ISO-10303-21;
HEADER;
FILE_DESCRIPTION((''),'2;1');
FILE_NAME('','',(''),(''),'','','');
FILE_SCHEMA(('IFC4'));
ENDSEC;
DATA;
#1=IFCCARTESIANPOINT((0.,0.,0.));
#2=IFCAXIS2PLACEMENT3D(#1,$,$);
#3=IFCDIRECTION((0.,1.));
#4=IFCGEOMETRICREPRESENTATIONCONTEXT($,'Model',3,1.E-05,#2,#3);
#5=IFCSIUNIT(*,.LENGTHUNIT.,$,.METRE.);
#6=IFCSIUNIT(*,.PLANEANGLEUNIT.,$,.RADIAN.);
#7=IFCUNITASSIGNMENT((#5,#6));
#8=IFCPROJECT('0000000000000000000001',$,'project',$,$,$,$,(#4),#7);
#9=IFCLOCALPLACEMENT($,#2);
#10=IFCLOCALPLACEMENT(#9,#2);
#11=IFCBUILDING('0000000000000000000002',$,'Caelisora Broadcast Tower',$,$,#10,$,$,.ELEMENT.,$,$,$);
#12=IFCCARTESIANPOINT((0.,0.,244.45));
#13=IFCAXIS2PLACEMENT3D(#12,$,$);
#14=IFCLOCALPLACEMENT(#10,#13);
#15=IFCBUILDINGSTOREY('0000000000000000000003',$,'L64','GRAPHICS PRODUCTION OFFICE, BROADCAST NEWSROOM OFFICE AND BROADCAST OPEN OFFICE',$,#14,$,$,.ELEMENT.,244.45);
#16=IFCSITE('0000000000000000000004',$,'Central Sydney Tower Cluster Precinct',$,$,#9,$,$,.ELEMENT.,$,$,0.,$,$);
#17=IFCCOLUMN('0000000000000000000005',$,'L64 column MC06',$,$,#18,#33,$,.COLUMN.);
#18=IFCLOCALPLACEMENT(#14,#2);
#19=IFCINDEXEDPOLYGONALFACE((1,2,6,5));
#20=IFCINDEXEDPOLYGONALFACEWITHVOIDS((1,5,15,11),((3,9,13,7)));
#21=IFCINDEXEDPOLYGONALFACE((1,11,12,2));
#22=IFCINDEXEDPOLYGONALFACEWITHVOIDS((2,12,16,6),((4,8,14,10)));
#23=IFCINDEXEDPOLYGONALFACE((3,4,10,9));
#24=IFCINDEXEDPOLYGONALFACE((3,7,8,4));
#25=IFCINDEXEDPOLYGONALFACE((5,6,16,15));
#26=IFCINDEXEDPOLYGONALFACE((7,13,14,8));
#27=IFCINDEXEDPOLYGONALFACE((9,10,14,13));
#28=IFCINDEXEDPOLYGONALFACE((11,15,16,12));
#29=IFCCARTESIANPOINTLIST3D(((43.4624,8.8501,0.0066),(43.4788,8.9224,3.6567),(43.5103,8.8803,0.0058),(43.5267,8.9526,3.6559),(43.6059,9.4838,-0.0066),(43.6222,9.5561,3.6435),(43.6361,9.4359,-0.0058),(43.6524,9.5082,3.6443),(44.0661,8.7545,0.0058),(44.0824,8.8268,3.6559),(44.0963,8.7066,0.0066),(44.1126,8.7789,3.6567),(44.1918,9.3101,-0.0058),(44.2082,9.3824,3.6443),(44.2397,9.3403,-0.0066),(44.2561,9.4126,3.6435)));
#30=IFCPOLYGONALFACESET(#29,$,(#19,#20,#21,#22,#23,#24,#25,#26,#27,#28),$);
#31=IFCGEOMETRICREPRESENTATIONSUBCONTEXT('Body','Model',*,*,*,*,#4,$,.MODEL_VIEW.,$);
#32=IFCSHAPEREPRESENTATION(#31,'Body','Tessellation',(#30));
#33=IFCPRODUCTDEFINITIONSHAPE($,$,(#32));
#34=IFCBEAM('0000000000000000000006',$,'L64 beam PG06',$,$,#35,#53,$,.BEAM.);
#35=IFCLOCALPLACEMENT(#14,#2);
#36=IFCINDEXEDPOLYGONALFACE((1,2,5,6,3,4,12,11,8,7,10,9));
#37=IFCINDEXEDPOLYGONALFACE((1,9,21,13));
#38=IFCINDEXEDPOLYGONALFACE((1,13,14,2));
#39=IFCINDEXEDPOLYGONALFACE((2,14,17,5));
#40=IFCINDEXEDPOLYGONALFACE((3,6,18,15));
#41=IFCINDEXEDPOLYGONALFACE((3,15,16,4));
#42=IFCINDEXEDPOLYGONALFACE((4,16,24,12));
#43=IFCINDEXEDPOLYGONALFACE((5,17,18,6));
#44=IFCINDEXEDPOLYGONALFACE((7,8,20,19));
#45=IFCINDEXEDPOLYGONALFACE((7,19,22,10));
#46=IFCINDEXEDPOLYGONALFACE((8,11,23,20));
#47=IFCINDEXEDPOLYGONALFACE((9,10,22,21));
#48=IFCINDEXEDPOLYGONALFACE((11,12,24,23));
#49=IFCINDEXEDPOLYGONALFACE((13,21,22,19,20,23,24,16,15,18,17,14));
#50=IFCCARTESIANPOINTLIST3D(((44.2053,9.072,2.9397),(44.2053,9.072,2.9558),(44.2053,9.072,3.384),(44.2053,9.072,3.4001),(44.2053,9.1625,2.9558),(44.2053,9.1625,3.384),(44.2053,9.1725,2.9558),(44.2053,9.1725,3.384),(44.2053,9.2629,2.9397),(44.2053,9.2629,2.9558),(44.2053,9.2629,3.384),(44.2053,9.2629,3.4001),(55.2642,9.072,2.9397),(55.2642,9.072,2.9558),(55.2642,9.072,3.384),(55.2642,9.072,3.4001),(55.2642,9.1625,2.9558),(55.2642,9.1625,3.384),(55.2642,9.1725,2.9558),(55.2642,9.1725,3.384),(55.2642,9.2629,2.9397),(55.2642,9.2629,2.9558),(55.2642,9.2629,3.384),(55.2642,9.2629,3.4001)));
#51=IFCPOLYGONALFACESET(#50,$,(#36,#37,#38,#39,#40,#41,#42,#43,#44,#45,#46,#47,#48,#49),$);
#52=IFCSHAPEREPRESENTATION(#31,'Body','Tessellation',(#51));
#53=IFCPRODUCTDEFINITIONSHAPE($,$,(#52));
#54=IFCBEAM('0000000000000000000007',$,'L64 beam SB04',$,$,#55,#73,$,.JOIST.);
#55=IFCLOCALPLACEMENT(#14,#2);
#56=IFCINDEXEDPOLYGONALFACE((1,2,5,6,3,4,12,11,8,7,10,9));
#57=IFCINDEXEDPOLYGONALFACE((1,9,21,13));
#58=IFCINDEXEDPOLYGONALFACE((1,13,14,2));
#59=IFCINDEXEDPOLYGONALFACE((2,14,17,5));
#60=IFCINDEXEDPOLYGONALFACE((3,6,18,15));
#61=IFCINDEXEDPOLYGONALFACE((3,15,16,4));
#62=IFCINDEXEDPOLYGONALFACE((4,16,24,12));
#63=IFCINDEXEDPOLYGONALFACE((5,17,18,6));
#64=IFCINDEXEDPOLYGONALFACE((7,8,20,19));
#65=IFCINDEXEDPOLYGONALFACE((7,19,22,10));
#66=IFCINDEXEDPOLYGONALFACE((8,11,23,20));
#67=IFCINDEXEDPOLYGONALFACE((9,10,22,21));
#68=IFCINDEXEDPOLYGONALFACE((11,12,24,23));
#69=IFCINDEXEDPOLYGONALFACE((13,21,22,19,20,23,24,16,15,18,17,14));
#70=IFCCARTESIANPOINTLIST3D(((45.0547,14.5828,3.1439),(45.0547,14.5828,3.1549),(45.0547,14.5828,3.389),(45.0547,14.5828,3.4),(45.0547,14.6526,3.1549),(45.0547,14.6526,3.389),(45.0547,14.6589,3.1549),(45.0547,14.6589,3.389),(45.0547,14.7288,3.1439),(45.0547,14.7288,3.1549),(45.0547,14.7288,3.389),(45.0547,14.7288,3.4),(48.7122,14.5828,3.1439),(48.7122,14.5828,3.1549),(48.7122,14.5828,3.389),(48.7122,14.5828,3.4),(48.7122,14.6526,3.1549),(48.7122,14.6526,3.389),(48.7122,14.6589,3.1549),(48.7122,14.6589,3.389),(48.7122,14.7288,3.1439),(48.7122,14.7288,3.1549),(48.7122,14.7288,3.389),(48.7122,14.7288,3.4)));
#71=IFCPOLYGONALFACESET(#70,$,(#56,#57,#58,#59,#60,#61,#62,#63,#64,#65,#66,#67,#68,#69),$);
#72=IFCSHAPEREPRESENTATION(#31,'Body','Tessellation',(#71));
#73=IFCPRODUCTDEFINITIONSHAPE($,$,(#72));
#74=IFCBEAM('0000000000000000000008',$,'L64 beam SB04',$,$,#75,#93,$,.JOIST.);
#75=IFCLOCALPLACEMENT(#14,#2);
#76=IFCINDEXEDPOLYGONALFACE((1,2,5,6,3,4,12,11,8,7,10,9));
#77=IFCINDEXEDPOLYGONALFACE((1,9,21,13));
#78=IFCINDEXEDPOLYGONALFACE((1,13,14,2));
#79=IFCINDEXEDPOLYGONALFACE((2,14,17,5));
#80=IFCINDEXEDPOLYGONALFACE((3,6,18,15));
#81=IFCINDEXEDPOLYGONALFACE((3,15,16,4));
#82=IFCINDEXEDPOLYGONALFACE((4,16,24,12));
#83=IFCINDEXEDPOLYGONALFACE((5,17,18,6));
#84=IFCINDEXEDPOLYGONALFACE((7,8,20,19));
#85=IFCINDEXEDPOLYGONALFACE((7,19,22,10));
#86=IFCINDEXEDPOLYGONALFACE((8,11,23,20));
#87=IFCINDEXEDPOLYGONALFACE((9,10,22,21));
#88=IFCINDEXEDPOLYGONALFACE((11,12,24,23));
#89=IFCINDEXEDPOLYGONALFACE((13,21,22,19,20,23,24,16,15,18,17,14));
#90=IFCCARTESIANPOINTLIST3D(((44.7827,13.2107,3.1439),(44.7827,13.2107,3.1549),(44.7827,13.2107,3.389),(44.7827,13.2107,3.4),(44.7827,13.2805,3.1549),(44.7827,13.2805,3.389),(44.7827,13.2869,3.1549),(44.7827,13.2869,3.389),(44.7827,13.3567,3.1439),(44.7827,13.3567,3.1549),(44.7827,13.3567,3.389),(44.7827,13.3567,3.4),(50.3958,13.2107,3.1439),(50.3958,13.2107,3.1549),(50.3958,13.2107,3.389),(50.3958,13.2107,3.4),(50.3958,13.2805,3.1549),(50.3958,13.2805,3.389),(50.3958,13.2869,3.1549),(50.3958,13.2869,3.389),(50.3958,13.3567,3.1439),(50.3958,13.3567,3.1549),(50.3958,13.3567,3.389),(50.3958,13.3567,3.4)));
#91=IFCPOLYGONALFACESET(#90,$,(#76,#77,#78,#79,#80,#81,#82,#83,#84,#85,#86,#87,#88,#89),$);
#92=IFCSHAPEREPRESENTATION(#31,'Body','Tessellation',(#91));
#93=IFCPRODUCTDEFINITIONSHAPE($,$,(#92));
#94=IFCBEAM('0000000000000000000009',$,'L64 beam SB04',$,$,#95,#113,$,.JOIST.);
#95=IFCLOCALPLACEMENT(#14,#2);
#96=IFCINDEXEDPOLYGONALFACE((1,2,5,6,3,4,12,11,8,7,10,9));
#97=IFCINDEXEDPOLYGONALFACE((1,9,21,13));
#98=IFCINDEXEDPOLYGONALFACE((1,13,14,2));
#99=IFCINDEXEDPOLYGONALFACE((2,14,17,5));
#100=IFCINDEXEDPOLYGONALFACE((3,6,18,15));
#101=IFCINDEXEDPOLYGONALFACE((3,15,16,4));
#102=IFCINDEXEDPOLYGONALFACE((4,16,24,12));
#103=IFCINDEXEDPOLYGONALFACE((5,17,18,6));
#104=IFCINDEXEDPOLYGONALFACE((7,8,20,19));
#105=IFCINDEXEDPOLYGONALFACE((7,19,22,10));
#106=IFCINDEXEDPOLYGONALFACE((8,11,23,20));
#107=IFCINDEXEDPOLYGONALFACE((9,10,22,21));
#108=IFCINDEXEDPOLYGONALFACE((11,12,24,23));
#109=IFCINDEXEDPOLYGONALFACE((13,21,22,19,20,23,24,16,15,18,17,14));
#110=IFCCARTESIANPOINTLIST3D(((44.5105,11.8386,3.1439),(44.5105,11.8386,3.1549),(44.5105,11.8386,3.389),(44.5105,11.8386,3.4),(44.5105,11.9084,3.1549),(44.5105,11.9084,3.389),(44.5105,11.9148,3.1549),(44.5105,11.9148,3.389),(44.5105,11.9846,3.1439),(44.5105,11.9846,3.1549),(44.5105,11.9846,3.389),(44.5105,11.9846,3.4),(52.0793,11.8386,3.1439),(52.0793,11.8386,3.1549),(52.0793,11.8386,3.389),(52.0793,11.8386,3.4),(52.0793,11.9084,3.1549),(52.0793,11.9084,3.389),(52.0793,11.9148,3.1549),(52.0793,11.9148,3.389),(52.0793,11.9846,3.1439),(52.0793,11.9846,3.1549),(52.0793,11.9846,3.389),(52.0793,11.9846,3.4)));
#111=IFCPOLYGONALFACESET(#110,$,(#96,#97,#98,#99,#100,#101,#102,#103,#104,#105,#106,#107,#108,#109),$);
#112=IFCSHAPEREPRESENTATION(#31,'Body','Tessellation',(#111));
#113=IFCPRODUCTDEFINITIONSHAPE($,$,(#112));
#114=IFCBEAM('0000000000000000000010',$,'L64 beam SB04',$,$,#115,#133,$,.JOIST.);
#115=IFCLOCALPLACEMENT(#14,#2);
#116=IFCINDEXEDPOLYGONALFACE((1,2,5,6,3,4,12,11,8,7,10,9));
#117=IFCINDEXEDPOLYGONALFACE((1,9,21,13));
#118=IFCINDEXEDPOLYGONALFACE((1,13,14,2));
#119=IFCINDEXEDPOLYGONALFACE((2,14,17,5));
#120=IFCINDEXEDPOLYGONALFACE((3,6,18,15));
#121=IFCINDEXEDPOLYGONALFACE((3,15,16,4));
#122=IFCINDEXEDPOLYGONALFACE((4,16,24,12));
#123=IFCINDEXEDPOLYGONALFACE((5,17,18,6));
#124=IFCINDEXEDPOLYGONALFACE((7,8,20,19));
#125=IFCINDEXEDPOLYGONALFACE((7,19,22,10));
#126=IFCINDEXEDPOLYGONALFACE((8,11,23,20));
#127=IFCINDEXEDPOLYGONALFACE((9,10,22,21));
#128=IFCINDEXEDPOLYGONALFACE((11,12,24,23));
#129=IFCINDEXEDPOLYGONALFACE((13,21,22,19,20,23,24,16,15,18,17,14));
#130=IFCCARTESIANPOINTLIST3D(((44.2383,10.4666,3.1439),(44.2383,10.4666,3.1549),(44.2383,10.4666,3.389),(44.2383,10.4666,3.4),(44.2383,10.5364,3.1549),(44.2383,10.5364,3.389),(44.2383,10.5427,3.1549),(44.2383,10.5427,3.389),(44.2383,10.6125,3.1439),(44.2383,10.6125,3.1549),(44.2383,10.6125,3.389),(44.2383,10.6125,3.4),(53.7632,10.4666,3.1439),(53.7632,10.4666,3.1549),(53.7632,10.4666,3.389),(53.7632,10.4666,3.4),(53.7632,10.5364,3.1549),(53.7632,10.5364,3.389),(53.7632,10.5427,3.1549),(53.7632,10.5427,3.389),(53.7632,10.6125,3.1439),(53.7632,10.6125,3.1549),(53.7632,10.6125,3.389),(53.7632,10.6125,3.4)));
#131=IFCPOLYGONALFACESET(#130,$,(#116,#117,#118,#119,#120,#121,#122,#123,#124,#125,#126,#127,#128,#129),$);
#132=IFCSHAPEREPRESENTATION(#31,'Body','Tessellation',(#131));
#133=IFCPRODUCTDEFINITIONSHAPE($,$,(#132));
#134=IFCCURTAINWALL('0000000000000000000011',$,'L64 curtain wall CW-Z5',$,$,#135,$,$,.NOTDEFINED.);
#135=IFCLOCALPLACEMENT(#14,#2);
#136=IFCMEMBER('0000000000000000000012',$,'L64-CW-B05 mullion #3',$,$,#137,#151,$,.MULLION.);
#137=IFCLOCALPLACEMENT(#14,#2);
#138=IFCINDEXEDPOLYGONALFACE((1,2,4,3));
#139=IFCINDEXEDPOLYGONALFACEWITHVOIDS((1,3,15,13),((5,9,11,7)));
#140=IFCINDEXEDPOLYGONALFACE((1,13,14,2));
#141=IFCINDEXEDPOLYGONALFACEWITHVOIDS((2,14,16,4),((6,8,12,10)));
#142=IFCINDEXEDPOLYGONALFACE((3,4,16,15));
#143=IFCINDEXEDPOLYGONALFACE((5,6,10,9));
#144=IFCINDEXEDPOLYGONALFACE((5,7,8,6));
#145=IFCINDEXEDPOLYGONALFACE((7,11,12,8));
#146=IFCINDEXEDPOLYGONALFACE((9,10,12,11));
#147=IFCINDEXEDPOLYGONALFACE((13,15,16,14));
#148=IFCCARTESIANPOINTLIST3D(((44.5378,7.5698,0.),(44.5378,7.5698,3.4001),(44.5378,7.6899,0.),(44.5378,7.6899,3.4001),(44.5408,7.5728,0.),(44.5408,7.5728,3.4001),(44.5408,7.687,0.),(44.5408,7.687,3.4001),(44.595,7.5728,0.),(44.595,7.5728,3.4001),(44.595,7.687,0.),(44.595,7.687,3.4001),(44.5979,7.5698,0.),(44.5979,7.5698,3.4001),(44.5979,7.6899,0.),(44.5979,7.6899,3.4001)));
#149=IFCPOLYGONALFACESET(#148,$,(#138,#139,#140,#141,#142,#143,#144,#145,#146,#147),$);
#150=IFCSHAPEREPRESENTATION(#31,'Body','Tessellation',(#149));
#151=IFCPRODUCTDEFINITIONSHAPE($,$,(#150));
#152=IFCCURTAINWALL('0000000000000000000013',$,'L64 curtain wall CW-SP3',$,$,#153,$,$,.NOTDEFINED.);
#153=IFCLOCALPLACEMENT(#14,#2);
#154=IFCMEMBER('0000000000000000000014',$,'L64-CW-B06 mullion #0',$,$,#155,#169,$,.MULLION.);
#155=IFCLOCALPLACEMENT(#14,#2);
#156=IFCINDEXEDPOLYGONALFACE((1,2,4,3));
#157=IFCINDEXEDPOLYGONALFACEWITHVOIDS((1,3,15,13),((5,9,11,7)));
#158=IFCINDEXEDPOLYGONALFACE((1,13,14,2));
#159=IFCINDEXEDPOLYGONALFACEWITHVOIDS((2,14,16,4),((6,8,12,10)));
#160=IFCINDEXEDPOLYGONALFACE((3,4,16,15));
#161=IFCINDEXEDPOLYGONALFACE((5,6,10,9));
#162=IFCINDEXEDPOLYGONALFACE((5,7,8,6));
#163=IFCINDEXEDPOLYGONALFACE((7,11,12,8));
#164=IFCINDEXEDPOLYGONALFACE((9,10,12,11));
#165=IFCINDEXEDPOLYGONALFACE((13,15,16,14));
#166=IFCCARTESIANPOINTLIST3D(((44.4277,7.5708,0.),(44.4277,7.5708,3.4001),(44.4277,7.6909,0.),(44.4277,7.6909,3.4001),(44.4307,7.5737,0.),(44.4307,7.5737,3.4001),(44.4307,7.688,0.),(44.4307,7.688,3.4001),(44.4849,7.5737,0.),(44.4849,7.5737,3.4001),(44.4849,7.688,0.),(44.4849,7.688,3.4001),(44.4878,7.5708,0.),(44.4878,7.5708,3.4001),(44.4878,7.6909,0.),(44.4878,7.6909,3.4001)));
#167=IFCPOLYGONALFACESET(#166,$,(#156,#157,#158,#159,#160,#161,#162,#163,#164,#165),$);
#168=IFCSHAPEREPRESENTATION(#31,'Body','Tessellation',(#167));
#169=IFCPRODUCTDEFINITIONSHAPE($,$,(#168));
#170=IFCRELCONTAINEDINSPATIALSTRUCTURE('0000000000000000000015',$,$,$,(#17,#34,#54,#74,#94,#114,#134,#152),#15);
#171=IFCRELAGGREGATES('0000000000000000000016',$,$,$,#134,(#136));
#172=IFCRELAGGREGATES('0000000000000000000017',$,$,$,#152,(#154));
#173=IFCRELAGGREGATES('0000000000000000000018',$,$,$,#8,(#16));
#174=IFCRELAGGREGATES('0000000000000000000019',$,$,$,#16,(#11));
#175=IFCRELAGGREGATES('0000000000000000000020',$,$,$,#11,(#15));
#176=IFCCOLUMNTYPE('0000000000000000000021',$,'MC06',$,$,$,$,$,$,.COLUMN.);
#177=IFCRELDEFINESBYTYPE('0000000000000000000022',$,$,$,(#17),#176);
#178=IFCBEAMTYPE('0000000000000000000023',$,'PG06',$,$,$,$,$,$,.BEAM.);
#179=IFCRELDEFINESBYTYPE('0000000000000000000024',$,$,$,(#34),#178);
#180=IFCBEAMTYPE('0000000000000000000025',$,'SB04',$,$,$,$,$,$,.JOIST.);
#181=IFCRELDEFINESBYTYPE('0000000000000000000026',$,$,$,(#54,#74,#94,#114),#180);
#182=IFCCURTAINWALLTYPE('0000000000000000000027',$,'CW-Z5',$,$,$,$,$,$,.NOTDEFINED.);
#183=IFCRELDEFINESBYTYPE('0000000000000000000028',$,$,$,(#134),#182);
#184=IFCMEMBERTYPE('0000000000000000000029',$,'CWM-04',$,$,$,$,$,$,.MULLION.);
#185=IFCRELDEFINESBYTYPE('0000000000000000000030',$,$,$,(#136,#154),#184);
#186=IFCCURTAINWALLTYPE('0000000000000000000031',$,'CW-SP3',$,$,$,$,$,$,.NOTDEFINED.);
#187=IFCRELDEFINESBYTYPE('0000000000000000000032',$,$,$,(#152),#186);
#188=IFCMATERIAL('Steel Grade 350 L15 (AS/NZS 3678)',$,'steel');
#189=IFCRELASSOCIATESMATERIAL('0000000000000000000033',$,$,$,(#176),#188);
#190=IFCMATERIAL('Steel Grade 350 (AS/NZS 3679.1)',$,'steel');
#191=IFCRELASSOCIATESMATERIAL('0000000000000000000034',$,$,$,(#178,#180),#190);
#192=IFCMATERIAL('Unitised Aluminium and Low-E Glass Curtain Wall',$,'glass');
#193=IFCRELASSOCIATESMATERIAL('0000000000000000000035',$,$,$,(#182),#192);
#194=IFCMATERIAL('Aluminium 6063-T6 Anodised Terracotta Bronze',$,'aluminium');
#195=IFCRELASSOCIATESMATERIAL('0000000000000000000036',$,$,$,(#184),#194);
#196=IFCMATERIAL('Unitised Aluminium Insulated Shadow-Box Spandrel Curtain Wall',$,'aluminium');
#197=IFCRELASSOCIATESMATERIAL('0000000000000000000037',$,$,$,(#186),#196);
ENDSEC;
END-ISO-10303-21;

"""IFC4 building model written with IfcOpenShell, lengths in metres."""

from ifc_helpers import new_model, si_unit, direction, frame, origin, origin_2d, place, context, subcontext, project, spatial, hollow_rectangle, i_section, extrude, source, transform, mapped, material, material_profile, profile_set, type_object, type_shapes, element, aggregate, save


model = new_model("IFC4")

# Units and contexts
model_context = context("Model", 3, precision=1e-05, world=origin(), true_north=direction((0.0, 1.0)))
body_context = subcontext(model_context, "Body", "Model", "MODEL_VIEW")
ifc_project = project(units=[si_unit("LENGTHUNIT", "METRE"), si_unit("PLANEANGLEUNIT", "RADIAN")], contexts=[model_context])

# Site, building, storey
site_placement = place(None, origin())
site = spatial("IfcSite", under=ifc_project, at=site_placement, Name="Central Sydney Tower Cluster Precinct", CompositionType="ELEMENT", RefElevation=0.0)
building_placement = place(site_placement, origin())
building = spatial("IfcBuilding", under=site, at=building_placement, Name="Caelisora Broadcast Tower", CompositionType="ELEMENT")
storey_placement = place(building_placement, frame((0.0, 0.0, 244.45)))
storey = spatial("IfcBuildingStorey", under=building, at=storey_placement, Name="L64", Description="GRAPHICS PRODUCTION OFFICE, BROADCAST NEWSROOM OFFICE AND BROADCAST OPEN OFFICE", CompositionType="ELEMENT", Elevation=244.45)

# Column
ifc_material_1 = material(Name="Steel Grade 350 L15 (AS/NZS 3678)", Category="steel")
ifc_material_profile_1 = material_profile(ifc_material_1, hollow_rectangle(XDim=0.6499, YDim=0.6499, WallThickness=0.04, at=origin_2d()), Name="Steel Grade 350 L15 (AS/NZS 3678)")
ifc_profile_set_1 = profile_set([ifc_material_profile_1], Name="Steel Grade 350 L15 (AS/NZS 3678)")
column_type = type_object("IfcColumnType", Name="MC06", PredefinedType="COLUMN", material=ifc_profile_set_1)
shared_shape_1 = source(origin(), body_context, "Body", "SweptSolid", [
    extrude(hollow_rectangle(XDim=0.6499, YDim=0.6499, WallThickness=0.04, at=origin_2d()), origin(), (0.0, 0.0, 1.0), 3.6509),
])
type_shapes(column_type, [shared_shape_1])
column_placement = place(storey_placement, frame((43.8511, 9.0952, 0.0), z_axis=(0.00448, 0.019794, 0.999794), x_axis=(-0.975327, 0.220767, 0.0)))
element("IfcColumn", 1, at=column_placement, inside=storey, type_object=column_type, Name="L64 column MC06", PredefinedType="COLUMN", context=body_context, shape_type="MappedRepresentation", body=[
    mapped(shared_shape_1, transform((0.0, 0.0, 0.0), scale=1.0)),
])

# Beams
ifc_material_2 = material(Name="Steel Grade 350 (AS/NZS 3679.1)", Category="steel")
ifc_material_profile_2 = material_profile(ifc_material_2, i_section(OverallWidth=0.1909, OverallDepth=0.4604, WebThickness=0.01, FlangeThickness=0.0161, at=origin_2d()), Name="Steel Grade 350 (AS/NZS 3679.1)")
ifc_profile_set_2 = profile_set([ifc_material_profile_2], Name="Steel Grade 350 (AS/NZS 3679.1)")
beam_type_1 = type_object("IfcBeamType", Name="PG06", PredefinedType="BEAM", material=ifc_profile_set_2)
shared_shape_2 = source(origin(), body_context, "Body", "SweptSolid", [
    extrude(i_section(OverallWidth=0.1909, OverallDepth=0.4604, WebThickness=0.01, FlangeThickness=0.0161, at=origin_2d()), origin(), (0.0, 0.0, 1.0), 11.0588),
])
type_shapes(beam_type_1, [shared_shape_2])
beam_1_placement = place(storey_placement, frame((44.2053, 9.1675, 3.1699), z_axis=(1.0, 0.0, 0.0), x_axis=(0.0, 1.0, 0.0)))
element("IfcBeam", 2, at=beam_1_placement, inside=storey, type_object=beam_type_1, Name="L64 beam PG06", PredefinedType="BEAM", context=body_context, shape_type="MappedRepresentation", body=[
    mapped(shared_shape_2, transform((0.0, 0.0, 0.0), scale=1.0)),
])
ifc_material_profile_3 = material_profile(ifc_material_2, i_section(OverallWidth=0.146, OverallDepth=0.2561, WebThickness=0.0063, FlangeThickness=0.011, at=origin_2d()), Name="Steel Grade 350 (AS/NZS 3679.1)")
ifc_profile_set_3 = profile_set([ifc_material_profile_3], Name="Steel Grade 350 (AS/NZS 3679.1)")
beam_type_2 = type_object("IfcBeamType", Name="SB04", PredefinedType="JOIST", material=ifc_profile_set_3)
shared_shape_3 = source(origin(), body_context, "Body", "SweptSolid", [
    extrude(i_section(OverallWidth=0.146, OverallDepth=0.2561, WebThickness=0.0063, FlangeThickness=0.011, at=origin_2d()), origin(), (0.0, 0.0, 1.0), 3.6575),
])
beam_2_placement = place(storey_placement, frame((45.0547, 14.6558, 3.272), z_axis=(1.0, 0.0, 0.0), x_axis=(0.0, 1.0, 0.0)))
element("IfcBeam", 3, at=beam_2_placement, inside=storey, type_object=beam_type_2, Name="L64 beam SB04", PredefinedType="JOIST", context=body_context, shape_type="MappedRepresentation", body=[
    mapped(shared_shape_3, transform((0.0, 0.0, 0.0), scale=1.0)),
])
shared_shape_4 = source(origin(), body_context, "Body", "SweptSolid", [
    extrude(i_section(OverallWidth=0.146, OverallDepth=0.2561, WebThickness=0.0063, FlangeThickness=0.011, at=origin_2d()), origin(), (0.0, 0.0, 1.0), 5.613),
])
beam_3_placement = place(storey_placement, frame((44.7827, 13.2837, 3.272), z_axis=(1.0, 0.0, 0.0), x_axis=(0.0, 1.0, 0.0)))
element("IfcBeam", 4, at=beam_3_placement, inside=storey, type_object=beam_type_2, Name="L64 beam SB04", PredefinedType="JOIST", context=body_context, shape_type="MappedRepresentation", body=[
    mapped(shared_shape_4, transform((0.0, 0.0, 0.0), scale=1.0)),
])
shared_shape_5 = source(origin(), body_context, "Body", "SweptSolid", [
    extrude(i_section(OverallWidth=0.146, OverallDepth=0.2561, WebThickness=0.0063, FlangeThickness=0.011, at=origin_2d()), origin(), (0.0, 0.0, 1.0), 7.5688),
])
beam_4_placement = place(storey_placement, frame((44.5105, 11.9116, 3.272), z_axis=(1.0, 0.0, 0.0), x_axis=(0.0, 1.0, 0.0)))
element("IfcBeam", 5, at=beam_4_placement, inside=storey, type_object=beam_type_2, Name="L64 beam SB04", PredefinedType="JOIST", context=body_context, shape_type="MappedRepresentation", body=[
    mapped(shared_shape_5, transform((0.0, 0.0, 0.0), scale=1.0)),
])
shared_shape_6 = source(origin(), body_context, "Body", "SweptSolid", [
    extrude(i_section(OverallWidth=0.146, OverallDepth=0.2561, WebThickness=0.0063, FlangeThickness=0.011, at=origin_2d()), origin(), (0.0, 0.0, 1.0), 9.5249),
])
type_shapes(beam_type_2, [shared_shape_3, shared_shape_4, shared_shape_5, shared_shape_6])
beam_5_placement = place(storey_placement, frame((44.2383, 10.5396, 3.272), z_axis=(1.0, 0.0, 0.0), x_axis=(0.0, 1.0, 0.0)))
element("IfcBeam", 6, at=beam_5_placement, inside=storey, type_object=beam_type_2, Name="L64 beam SB04", PredefinedType="JOIST", context=body_context, shape_type="MappedRepresentation", body=[
    mapped(shared_shape_6, transform((0.0, 0.0, 0.0), scale=1.0)),
])

# Curtain wall, member
ifc_material_3 = material(Name="Unitised Aluminium and Low-E Glass Curtain Wall", Category="glass")
curtain_wall_type_1 = type_object("IfcCurtainWallType", Name="CW-Z5", PredefinedType="NOTDEFINED", material=ifc_material_3)
curtain_wall_1_placement = place(storey_placement, origin())
curtain_wall_1 = element("IfcCurtainWall", 7, at=curtain_wall_1_placement, inside=storey, type_object=curtain_wall_type_1, Name="L64 curtain wall CW-Z5", PredefinedType="NOTDEFINED")
ifc_material_4 = material(Name="Aluminium 6063-T6 Anodised Terracotta Bronze", Category="aluminium")
ifc_material_profile_4 = material_profile(ifc_material_4, hollow_rectangle(XDim=0.0601, YDim=0.1201, WallThickness=0.0029, at=origin_2d()), Name="Aluminium 6063-T6 Anodised Terracotta Bronze")
ifc_profile_set_4 = profile_set([ifc_material_profile_4], Name="Aluminium 6063-T6 Anodised Terracotta Bronze")
member_type_1 = type_object("IfcMemberType", Name="CWM-04", PredefinedType="MULLION", material=ifc_profile_set_4)
shared_shape_7 = source(origin(), body_context, "Body", "SweptSolid", [
    extrude(hollow_rectangle(XDim=0.0601, YDim=0.1201, WallThickness=0.0029, at=origin_2d()), origin(), (0.0, 0.0, 1.0), 3.4001),
])
type_shapes(member_type_1, [shared_shape_7])
member_1_placement = place(storey_placement, frame((44.5679, 7.6299, 0.0), z_axis=(0.0, 0.0, 1.0), x_axis=(1.0, 0.0, 0.0)))
member_1 = element("IfcMember", 8, at=member_1_placement, type_object=member_type_1, Name="L64-CW-B05 mullion #3", PredefinedType="MULLION", context=body_context, shape_type="MappedRepresentation", body=[
    mapped(shared_shape_7, transform((0.0, 0.0, 0.0), scale=1.0)),
])
aggregate(curtain_wall_1, [member_1])

# Curtain wall, member
ifc_material_5 = material(Name="Unitised Aluminium Insulated Shadow-Box Spandrel Curtain Wall", Category="aluminium")
curtain_wall_type_2 = type_object("IfcCurtainWallType", Name="CW-SP3", PredefinedType="NOTDEFINED", material=ifc_material_5)
curtain_wall_2_placement = place(storey_placement, origin())
curtain_wall_2 = element("IfcCurtainWall", 9, at=curtain_wall_2_placement, inside=storey, type_object=curtain_wall_type_2, Name="L64 curtain wall CW-SP3", PredefinedType="NOTDEFINED")
member_2_placement = place(storey_placement, frame((44.4578, 7.6309, 0.0), z_axis=(0.0, 0.0, 1.0), x_axis=(1.0, 0.0, 0.0)))
member_2 = element("IfcMember", 10, at=member_2_placement, type_object=member_type_1, Name="L64-CW-B06 mullion #0", PredefinedType="MULLION", context=body_context, shape_type="MappedRepresentation", body=[
    mapped(shared_shape_7, transform((0.0, 0.0, 0.0), scale=1.0)),
])

aggregate(curtain_wall_2, [member_2])

save(model, "model.ifc")
